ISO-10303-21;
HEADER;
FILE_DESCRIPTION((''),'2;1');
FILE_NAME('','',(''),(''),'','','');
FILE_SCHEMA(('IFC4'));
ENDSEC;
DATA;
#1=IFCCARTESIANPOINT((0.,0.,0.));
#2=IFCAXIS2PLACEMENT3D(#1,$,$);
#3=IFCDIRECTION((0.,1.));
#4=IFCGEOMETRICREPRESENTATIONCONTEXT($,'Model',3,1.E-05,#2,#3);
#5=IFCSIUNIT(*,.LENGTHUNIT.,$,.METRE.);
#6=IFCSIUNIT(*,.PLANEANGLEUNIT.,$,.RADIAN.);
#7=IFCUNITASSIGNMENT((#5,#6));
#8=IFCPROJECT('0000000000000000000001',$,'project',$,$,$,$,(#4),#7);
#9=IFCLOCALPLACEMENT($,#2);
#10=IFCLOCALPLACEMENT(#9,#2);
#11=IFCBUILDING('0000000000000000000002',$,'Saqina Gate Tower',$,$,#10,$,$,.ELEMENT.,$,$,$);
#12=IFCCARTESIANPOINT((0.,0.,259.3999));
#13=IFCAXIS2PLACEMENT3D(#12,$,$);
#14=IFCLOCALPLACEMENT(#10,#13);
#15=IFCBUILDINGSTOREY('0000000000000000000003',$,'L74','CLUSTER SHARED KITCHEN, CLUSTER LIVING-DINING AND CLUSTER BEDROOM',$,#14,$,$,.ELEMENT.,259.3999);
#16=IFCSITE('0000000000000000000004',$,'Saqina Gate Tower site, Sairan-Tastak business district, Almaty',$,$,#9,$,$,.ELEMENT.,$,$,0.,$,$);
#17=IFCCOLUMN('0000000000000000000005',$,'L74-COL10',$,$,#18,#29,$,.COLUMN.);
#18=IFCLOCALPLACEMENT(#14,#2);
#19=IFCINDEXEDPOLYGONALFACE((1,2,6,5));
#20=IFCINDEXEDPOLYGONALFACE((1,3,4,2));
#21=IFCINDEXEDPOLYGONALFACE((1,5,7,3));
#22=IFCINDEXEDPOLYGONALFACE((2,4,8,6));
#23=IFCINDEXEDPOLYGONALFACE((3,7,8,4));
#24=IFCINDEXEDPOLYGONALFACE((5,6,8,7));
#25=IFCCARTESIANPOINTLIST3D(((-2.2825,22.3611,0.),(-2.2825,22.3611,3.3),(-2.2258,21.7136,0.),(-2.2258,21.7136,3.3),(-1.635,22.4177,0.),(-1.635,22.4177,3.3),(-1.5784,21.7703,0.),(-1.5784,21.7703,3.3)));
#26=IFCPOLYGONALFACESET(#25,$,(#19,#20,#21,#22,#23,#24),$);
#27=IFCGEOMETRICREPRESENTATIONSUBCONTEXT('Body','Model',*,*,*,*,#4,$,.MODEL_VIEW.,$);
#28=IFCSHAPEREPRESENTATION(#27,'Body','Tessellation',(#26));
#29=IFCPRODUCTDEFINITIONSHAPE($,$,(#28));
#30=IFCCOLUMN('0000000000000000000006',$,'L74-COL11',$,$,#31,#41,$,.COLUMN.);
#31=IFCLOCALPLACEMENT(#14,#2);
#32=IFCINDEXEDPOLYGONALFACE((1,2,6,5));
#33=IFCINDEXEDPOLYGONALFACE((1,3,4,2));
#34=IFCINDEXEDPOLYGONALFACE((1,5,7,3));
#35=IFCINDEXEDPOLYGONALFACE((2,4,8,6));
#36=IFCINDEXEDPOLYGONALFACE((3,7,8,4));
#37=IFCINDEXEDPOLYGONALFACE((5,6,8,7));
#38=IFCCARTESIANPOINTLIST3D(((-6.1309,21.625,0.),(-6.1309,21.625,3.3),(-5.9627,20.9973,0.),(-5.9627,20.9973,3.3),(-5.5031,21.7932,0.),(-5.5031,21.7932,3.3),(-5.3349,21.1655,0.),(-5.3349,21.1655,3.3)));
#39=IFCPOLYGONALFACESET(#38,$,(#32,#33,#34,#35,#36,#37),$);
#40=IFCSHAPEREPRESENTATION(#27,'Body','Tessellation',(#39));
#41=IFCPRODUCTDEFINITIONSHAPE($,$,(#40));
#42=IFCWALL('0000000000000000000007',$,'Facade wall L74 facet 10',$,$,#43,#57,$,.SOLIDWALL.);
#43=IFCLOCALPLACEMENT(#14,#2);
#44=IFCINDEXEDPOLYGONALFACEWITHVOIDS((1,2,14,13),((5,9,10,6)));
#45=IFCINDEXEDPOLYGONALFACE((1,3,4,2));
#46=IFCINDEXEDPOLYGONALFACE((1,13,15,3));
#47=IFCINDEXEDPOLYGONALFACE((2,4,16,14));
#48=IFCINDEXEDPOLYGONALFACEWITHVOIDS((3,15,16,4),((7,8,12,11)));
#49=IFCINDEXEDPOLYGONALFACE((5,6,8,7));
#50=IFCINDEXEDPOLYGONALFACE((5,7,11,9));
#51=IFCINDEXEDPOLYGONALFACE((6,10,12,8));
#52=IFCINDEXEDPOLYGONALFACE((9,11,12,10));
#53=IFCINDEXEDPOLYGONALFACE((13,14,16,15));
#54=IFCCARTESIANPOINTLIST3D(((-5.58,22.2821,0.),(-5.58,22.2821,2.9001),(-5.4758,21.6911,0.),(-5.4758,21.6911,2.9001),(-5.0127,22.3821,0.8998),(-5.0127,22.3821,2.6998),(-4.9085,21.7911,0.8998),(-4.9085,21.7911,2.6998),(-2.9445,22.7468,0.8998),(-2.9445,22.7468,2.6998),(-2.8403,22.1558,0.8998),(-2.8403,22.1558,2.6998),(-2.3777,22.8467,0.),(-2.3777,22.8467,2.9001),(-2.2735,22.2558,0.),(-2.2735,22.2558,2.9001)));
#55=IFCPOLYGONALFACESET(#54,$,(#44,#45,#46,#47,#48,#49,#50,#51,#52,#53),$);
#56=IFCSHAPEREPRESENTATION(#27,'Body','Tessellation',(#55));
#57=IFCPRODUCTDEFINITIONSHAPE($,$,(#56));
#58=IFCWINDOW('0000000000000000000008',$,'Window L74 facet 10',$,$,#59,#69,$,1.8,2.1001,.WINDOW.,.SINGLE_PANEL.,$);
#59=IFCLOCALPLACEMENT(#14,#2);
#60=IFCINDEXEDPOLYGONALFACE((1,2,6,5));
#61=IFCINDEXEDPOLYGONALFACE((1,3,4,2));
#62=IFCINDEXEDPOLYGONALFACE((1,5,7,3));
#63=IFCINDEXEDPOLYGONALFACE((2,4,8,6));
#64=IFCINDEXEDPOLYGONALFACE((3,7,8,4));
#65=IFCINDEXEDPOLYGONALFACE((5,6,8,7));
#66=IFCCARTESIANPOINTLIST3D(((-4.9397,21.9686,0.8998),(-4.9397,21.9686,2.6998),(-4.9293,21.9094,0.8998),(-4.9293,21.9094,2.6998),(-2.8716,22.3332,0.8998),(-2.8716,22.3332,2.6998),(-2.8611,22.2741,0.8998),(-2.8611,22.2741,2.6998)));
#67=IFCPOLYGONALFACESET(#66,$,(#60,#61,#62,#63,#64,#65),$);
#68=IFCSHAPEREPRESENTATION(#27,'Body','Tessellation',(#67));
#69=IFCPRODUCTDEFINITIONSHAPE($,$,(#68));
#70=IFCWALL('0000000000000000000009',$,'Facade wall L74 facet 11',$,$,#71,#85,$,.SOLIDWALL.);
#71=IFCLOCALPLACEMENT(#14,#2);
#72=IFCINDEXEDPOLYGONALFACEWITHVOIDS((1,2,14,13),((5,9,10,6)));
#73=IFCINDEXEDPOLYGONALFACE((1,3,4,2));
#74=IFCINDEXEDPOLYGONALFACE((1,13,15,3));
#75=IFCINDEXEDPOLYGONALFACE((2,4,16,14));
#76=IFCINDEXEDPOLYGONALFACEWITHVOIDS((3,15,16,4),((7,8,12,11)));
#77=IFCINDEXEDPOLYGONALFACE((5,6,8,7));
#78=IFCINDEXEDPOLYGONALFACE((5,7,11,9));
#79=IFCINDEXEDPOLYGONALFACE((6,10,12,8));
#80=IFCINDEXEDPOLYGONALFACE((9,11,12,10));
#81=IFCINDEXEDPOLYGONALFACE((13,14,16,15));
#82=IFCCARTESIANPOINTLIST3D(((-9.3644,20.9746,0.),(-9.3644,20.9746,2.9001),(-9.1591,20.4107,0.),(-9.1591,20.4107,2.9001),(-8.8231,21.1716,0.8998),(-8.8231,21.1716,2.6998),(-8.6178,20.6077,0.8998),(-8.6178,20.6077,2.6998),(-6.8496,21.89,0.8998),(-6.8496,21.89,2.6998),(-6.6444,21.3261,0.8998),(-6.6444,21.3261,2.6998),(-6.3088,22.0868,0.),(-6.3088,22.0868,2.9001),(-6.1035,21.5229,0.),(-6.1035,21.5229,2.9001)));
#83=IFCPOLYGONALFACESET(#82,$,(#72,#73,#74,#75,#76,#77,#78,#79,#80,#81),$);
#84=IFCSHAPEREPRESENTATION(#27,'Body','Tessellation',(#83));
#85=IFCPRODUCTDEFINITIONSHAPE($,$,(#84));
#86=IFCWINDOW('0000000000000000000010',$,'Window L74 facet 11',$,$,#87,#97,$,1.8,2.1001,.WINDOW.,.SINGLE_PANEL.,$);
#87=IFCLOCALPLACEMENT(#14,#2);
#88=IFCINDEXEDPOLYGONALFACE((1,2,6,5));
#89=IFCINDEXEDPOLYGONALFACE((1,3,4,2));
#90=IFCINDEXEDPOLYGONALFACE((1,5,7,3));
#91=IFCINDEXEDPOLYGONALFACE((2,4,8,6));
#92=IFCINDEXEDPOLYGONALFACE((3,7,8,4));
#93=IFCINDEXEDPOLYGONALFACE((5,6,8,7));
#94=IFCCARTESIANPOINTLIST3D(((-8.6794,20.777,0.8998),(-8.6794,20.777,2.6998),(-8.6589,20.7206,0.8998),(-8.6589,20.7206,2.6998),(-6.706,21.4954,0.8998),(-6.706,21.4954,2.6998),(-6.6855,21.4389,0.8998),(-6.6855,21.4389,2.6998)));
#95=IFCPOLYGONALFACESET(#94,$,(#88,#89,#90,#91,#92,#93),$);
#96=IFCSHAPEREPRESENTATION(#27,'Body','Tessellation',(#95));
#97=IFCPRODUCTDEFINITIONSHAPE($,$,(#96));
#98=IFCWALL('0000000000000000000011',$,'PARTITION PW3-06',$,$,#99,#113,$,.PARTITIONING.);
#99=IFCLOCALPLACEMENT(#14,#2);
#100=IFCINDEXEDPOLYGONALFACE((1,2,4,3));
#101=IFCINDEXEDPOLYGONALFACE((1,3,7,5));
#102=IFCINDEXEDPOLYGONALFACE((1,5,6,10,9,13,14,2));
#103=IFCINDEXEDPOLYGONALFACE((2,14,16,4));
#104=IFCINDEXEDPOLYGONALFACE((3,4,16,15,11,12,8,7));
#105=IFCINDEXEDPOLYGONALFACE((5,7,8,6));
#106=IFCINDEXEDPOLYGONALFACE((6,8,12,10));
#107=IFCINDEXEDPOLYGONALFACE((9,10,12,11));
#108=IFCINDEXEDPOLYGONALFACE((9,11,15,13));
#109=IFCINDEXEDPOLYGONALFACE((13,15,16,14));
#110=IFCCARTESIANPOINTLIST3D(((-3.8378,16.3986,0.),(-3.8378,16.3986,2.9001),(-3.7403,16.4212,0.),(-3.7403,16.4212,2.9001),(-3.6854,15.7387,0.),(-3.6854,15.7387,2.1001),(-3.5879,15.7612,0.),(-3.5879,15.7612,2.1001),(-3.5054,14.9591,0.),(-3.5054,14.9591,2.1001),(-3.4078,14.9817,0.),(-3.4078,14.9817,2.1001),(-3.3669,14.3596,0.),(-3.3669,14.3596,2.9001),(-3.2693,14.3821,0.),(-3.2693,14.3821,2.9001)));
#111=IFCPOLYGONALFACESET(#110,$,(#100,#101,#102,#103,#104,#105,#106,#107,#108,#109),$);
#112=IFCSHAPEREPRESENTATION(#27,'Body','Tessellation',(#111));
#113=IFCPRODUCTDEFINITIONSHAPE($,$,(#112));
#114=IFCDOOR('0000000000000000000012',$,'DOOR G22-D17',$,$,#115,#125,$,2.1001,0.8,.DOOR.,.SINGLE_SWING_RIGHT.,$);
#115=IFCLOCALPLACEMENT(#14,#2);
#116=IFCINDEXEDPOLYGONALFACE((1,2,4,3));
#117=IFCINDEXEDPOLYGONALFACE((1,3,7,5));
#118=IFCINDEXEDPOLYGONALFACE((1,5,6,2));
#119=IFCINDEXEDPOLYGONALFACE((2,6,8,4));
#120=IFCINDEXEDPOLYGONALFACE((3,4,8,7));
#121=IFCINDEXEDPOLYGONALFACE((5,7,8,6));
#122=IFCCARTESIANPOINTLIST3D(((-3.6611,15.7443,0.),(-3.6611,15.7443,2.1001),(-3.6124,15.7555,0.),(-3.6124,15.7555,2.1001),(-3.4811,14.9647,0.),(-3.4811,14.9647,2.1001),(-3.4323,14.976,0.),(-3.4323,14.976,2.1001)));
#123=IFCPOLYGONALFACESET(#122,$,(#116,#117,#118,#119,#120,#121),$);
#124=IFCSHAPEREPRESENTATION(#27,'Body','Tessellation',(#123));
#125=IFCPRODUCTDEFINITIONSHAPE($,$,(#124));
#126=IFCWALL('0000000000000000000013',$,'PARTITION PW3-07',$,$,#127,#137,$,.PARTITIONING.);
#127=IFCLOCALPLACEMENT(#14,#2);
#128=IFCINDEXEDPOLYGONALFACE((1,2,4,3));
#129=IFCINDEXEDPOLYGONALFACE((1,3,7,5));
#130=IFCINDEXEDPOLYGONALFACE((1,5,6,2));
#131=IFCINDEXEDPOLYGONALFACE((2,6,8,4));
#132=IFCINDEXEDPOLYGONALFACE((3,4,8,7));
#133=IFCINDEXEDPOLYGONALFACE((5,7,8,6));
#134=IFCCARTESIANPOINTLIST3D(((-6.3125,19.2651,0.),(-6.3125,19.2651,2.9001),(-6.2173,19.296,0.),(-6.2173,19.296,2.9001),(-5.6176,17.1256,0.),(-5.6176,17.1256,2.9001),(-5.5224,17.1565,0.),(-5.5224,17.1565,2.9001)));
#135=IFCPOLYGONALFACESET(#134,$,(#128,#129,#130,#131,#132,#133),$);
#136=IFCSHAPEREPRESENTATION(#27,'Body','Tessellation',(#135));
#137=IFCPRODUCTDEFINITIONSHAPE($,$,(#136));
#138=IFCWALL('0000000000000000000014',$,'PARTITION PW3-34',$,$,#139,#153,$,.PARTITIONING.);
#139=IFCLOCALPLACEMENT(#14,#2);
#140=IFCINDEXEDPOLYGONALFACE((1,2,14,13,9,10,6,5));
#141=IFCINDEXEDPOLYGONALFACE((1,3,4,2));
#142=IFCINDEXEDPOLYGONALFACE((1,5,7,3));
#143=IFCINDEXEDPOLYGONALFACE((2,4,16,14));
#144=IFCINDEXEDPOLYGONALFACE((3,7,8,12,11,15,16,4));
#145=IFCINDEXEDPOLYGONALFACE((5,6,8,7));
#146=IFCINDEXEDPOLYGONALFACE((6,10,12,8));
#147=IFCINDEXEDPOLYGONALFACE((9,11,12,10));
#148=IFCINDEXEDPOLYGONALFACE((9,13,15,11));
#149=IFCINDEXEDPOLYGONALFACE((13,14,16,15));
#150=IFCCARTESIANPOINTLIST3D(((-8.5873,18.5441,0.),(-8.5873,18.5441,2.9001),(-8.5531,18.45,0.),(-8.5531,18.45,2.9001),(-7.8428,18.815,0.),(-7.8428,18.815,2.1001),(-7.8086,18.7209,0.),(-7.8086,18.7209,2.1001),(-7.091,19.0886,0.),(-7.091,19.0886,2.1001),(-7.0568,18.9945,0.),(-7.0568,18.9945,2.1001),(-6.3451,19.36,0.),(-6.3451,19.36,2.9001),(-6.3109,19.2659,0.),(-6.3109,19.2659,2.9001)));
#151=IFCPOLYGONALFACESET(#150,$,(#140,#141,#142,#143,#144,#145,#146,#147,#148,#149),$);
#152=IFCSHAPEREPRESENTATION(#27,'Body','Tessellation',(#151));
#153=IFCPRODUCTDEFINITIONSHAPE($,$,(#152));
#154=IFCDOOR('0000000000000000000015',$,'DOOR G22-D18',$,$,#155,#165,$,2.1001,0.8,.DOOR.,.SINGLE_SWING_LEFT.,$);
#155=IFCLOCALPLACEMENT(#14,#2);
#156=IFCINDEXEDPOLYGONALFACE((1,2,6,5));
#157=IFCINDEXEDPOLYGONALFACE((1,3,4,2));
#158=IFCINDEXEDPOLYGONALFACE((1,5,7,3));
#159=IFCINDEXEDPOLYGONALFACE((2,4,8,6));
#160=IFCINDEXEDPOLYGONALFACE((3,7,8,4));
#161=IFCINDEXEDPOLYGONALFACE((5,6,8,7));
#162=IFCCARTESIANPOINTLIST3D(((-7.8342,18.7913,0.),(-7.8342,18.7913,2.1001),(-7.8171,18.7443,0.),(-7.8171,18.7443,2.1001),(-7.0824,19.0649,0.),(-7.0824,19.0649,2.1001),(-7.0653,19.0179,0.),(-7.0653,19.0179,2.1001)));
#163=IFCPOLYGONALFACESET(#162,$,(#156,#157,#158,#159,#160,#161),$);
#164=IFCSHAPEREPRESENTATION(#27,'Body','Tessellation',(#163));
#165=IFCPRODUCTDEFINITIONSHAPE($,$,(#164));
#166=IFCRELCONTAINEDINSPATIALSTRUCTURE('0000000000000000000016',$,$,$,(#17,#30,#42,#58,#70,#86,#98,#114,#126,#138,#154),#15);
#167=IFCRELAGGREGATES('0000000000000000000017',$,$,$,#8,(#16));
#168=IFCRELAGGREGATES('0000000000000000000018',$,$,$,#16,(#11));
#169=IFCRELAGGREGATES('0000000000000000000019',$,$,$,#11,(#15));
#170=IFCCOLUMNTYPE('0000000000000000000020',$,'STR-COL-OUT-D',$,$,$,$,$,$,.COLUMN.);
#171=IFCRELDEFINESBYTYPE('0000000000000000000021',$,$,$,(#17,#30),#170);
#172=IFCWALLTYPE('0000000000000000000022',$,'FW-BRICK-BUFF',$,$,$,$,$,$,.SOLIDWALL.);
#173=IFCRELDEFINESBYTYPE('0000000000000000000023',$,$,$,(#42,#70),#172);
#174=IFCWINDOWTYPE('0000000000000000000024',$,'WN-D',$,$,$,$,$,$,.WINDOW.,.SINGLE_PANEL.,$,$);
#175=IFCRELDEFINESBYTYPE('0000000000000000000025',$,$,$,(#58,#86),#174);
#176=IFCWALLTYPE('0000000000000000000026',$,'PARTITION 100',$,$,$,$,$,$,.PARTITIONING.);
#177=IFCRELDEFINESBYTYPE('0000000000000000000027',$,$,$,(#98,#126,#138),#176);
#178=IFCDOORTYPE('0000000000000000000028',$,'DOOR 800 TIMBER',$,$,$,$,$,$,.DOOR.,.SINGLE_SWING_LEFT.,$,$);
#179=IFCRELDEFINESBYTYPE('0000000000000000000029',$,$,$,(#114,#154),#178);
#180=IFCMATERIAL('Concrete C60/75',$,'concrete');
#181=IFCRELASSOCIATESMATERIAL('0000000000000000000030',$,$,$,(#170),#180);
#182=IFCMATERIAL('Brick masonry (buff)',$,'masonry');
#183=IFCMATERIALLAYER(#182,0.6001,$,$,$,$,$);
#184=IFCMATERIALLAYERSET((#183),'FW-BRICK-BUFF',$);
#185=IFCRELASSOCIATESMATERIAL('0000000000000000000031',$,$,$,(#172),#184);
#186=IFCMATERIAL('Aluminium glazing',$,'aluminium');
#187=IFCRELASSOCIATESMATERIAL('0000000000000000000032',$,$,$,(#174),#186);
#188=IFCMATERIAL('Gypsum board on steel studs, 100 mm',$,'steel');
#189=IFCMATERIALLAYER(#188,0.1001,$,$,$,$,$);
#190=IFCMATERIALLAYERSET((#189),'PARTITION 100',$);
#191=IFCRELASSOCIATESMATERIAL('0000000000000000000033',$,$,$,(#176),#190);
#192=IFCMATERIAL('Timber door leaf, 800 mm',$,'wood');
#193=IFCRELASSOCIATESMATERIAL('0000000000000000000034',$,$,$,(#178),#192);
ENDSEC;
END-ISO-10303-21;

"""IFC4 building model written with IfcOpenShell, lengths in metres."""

from ifc_helpers import new_model, si_unit, direction, frame, frame_2d, origin, origin_2d, place, context, subcontext, project, spatial, rectangle, extrude, material, layer, layer_set, material_profile, profile_set, type_object, element, fill, save


model = new_model("IFC4")

# Units and contexts
model_context = context("Model", 3, precision=1e-05, world=origin(), true_north=direction((0.0, 1.0)))
body_context = subcontext(model_context, "Body", "Model", "MODEL_VIEW")
ifc_project = project(units=[si_unit("LENGTHUNIT", "METRE"), si_unit("PLANEANGLEUNIT", "RADIAN")], contexts=[model_context])

# Site, building, storey
site_placement = place(None, origin())
site = spatial("IfcSite", under=ifc_project, at=site_placement, Name="Saqina Gate Tower site, Sairan-Tastak business district, Almaty", CompositionType="ELEMENT", RefElevation=0.0)
building_placement = place(site_placement, origin())
building = spatial("IfcBuilding", under=site, at=building_placement, Name="Saqina Gate Tower", CompositionType="ELEMENT")
storey_placement = place(building_placement, frame((0.0, 0.0, 259.3999)))
storey = spatial("IfcBuildingStorey", under=building, at=storey_placement, Name="L74", Description="CLUSTER SHARED KITCHEN, CLUSTER LIVING-DINING AND CLUSTER BEDROOM", CompositionType="ELEMENT", Elevation=259.3999)

# Columns
ifc_material_1 = material(Name="Concrete C60/75", Category="concrete")
ifc_material_profile = material_profile(ifc_material_1, rectangle(XDim=0.6499, YDim=0.6499, at=origin_2d()), Name="RC 650x650")
ifc_profile_set = profile_set([ifc_material_profile], Name="Concrete C60/75")
column_type = type_object("IfcColumnType", Name="STR-COL-OUT-D", PredefinedType="COLUMN", material=ifc_profile_set)
for number, where, z_axis, x_axis, name in (
    (1, (-1.9304, 22.0657, 0.0), (0.0, 0.0, 1.0), (-0.087156, 0.996195, 0.0), "L74-COL10"),
    (2, (-5.7329, 21.3953, 0.0), (0.0, 0.0, 1.0), (-0.258819, 0.965926, 0.0), "L74-COL11"),
):
    element("IfcColumn", number, at=place(storey_placement, frame(where, z_axis=z_axis, x_axis=x_axis)), inside=storey, type_object=column_type, Name=name, PredefinedType="COLUMN", context=body_context, shape_type="SweptSolid", body=[
        extrude(rectangle(XDim=0.6499, YDim=0.6499, at=origin_2d()), origin(), (0.0, 0.0, 1.0), 3.3),
    ])

# Walls, openings, windows
ifc_material_2 = material(Name="Brick masonry (buff)", Category="masonry")
ifc_layer_1 = layer(ifc_material_2, 0.6001)
ifc_layer_set_1 = layer_set([ifc_layer_1], Name="FW-BRICK-BUFF")
wall_type_1 = type_object("IfcWallType", Name="FW-BRICK-BUFF", PredefinedType="SOLIDWALL", material=ifc_layer_set_1)
wall_1_placement = place(storey_placement, frame((-2.3254, 22.5513, 0.0), z_axis=(0.0, 0.0, 1.0), x_axis=(-0.984806, -0.173657, 0.0)))
wall_1 = element("IfcWall", 3, at=wall_1_placement, inside=storey, type_object=wall_type_1, Name="Facade wall L74 facet 10", PredefinedType="SOLIDWALL", context=body_context, shape_type="SweptSolid", body=[
    extrude(rectangle(XDim=3.2517, YDim=0.6001, at=frame_2d((1.626, 0.0))), origin(), (0.0, 0.0, 1.0), 2.9001),
])
opening_1_placement = place(wall_1_placement, frame((0.5757, 0.0, 0.8999)))
opening_1 = element("IfcOpeningElement", 4, at=opening_1_placement, cuts=wall_1, PredefinedType="OPENING", context=body_context, shape_type="SweptSolid", body=[
    extrude(rectangle(XDim=2.1001, YDim=1.8, at=frame_2d((1.05, 0.8999))), frame((0.0, 0.312, 0.0), z_axis=(0.0, -1.0, 0.0), x_axis=(1.0, 0.0, 0.0)), (0.0, 0.0, 1.0), 0.624),
])
ifc_material_3 = material(Name="Aluminium glazing", Category="aluminium")
window_type = type_object("IfcWindowType", Name="WN-D", PartitioningType="SINGLE_PANEL", PredefinedType="WINDOW", material=ifc_material_3)
window_1_placement = place(opening_1_placement, origin())
window_1 = element("IfcWindow", 5, at=window_1_placement, inside=storey, type_object=window_type, Name="Window L74 facet 10", OverallHeight=1.8, OverallWidth=2.1001, PartitioningType="SINGLE_PANEL", PredefinedType="WINDOW", context=body_context, shape_type="SweptSolid", body=[
    extrude(rectangle(XDim=2.1001, YDim=1.8, at=frame_2d((1.05, 0.8999))), frame((0.0, 0.1799, 0.0), z_axis=(0.0, -1.0, 0.0), x_axis=(1.0, 0.0, 0.0)), (0.0, 0.0, 1.0), 0.0601),
])
fill(opening_1, window_1)
wall_2_placement = place(storey_placement, frame((-6.2061, 21.8049, 0.0), z_axis=(0.0, 0.0, 1.0), x_axis=(-0.939679, -0.342057, 0.0)))
wall_2 = element("IfcWall", 6, at=wall_2_placement, inside=storey, type_object=wall_type_1, Name="Facade wall L74 facet 11", PredefinedType="SOLIDWALL", context=body_context, shape_type="SweptSolid", body=[
    extrude(rectangle(XDim=3.2517, YDim=0.6001, at=frame_2d((1.626, 0.0))), origin(), (0.0, 0.0, 1.0), 2.9001),
])
opening_2_placement = place(wall_2_placement, frame((0.5757, 0.0, 0.8999)))
opening_2 = element("IfcOpeningElement", 7, at=opening_2_placement, cuts=wall_2, PredefinedType="OPENING", context=body_context, shape_type="SweptSolid", body=[
    extrude(rectangle(XDim=2.1001, YDim=1.8, at=frame_2d((1.05, 0.8999))), frame((0.0, 0.312, 0.0), z_axis=(0.0, -1.0, 0.0), x_axis=(1.0, 0.0, 0.0)), (0.0, 0.0, 1.0), 0.624),
])
window_2_placement = place(opening_2_placement, origin())
window_2 = element("IfcWindow", 8, at=window_2_placement, inside=storey, type_object=window_type, Name="Window L74 facet 11", OverallHeight=1.8, OverallWidth=2.1001, PartitioningType="SINGLE_PANEL", PredefinedType="WINDOW", context=body_context, shape_type="SweptSolid", body=[
    extrude(rectangle(XDim=2.1001, YDim=1.8, at=frame_2d((1.05, 0.8999))), frame((0.0, 0.1799, 0.0), z_axis=(0.0, -1.0, 0.0), x_axis=(1.0, 0.0, 0.0)), (0.0, 0.0, 1.0), 0.0601),
])
fill(opening_2, window_2)

# Wall, opening, door
ifc_material_4 = material(Name="Gypsum board on steel studs, 100 mm", Category="steel")
ifc_layer_2 = layer(ifc_material_4, 0.1001)
ifc_layer_set_2 = layer_set([ifc_layer_2], Name="PARTITION 100")
wall_type_2 = type_object("IfcWallType", Name="PARTITION 100", PredefinedType="PARTITIONING", material=ifc_layer_set_2)
wall_3_placement = place(storey_placement, frame((-3.7891, 16.4099, 0.0), z_axis=(0.0, 0.0, 1.0), x_axis=(0.225038, -0.97435, 0.0)))
wall_3 = element("IfcWall", 9, at=wall_3_placement, inside=storey, type_object=wall_type_2, Name="PARTITION PW3-06", PredefinedType="PARTITIONING", context=body_context, shape_type="SweptSolid", body=[
    extrude(rectangle(XDim=2.0928, YDim=0.1001, at=frame_2d((1.0464, 0.0))), origin(), (0.0, 0.0, 1.0), 2.9001),
])
opening_3_placement = place(wall_3_placement, frame((0.6775, 0.0, 0.0)))
opening_3 = element("IfcOpeningElement", 10, at=opening_3_placement, cuts=wall_3, PredefinedType="OPENING", context=body_context, shape_type="SweptSolid", body=[
    extrude(rectangle(XDim=0.8, YDim=2.1001, at=frame_2d((0.3999, 1.05))), frame((0.0, 0.062, 0.0), z_axis=(0.0, -1.0, 0.0), x_axis=(1.0, 0.0, 0.0)), (0.0, 0.0, 1.0), 0.124),
])
ifc_material_5 = material(Name="Timber door leaf, 800 mm", Category="wood")
door_type_1 = type_object("IfcDoorType", Name="DOOR 800 TIMBER", OperationType="SINGLE_SWING_LEFT", PredefinedType="DOOR", material=ifc_material_5)
door_1_placement = place(opening_3_placement, origin())
door_1 = element("IfcDoor", 11, at=door_1_placement, inside=storey, type_object=door_type_1, Name="DOOR G22-D17", OperationType="SINGLE_SWING_RIGHT", OverallHeight=2.1001, OverallWidth=0.8, PredefinedType="DOOR", context=body_context, shape_type="SweptSolid", body=[
    extrude(rectangle(XDim=0.8, YDim=2.1001, at=frame_2d((0.3999, 1.05))), frame((0.0, 0.0249, 0.0), z_axis=(0.0, -1.0, 0.0), x_axis=(1.0, 0.0, 0.0)), (0.0, 0.0, 1.0), 0.05),
])
fill(opening_3, door_1)

# Wall
wall_4_placement = place(storey_placement, frame((-6.2649, 19.2805, 0.0), z_axis=(0.0, 0.0, 1.0), x_axis=(0.308892, -0.951097, 0.0)))
element("IfcWall", 12, at=wall_4_placement, inside=storey, type_object=wall_type_2, Name="PARTITION PW3-07", PredefinedType="PARTITIONING", context=body_context, shape_type="SweptSolid", body=[
    extrude(rectangle(XDim=2.2495, YDim=0.1001, at=frame_2d((1.1248, 0.0))), origin(), (0.0, 0.0, 1.0), 2.9001),
])

# Wall, opening, door
wall_5_placement = place(storey_placement, frame((-8.5701, 18.4971, 0.0), z_axis=(0.0, 0.0, 1.0), x_axis=(0.939716, 0.341957, 0.0)))
wall_5 = element("IfcWall", 13, at=wall_5_placement, inside=storey, type_object=wall_type_2, Name="PARTITION PW3-34", PredefinedType="PARTITIONING", context=body_context, shape_type="SweptSolid", body=[
    extrude(rectangle(XDim=2.386, YDim=0.1001, at=frame_2d((1.1929, 0.0))), origin(), (0.0, 0.0, 1.0), 2.9001),
])
opening_4_placement = place(wall_5_placement, frame((0.7922, 0.0, 0.0)))
opening_4 = element("IfcOpeningElement", 14, at=opening_4_placement, cuts=wall_5, PredefinedType="OPENING", context=body_context, shape_type="SweptSolid", body=[
    extrude(rectangle(XDim=0.8, YDim=2.1001, at=frame_2d((0.3999, 1.05))), frame((0.0, 0.062, 0.0), z_axis=(0.0, -1.0, 0.0), x_axis=(1.0, 0.0, 0.0)), (0.0, 0.0, 1.0), 0.124),
])
door_2_placement = place(opening_4_placement, origin())
door_2 = element("IfcDoor", 15, at=door_2_placement, inside=storey, type_object=door_type_1, Name="DOOR G22-D18", OperationType="SINGLE_SWING_LEFT", OverallHeight=2.1001, OverallWidth=0.8, PredefinedType="DOOR", context=body_context, shape_type="SweptSolid", body=[
    extrude(rectangle(XDim=0.8, YDim=2.1001, at=frame_2d((0.3999, 1.05))), frame((0.0, 0.0249, 0.0), z_axis=(0.0, -1.0, 0.0), x_axis=(1.0, 0.0, 0.0)), (0.0, 0.0, 1.0), 0.05),
])
fill(opening_4, door_2)

save(model, "model.ifc")
